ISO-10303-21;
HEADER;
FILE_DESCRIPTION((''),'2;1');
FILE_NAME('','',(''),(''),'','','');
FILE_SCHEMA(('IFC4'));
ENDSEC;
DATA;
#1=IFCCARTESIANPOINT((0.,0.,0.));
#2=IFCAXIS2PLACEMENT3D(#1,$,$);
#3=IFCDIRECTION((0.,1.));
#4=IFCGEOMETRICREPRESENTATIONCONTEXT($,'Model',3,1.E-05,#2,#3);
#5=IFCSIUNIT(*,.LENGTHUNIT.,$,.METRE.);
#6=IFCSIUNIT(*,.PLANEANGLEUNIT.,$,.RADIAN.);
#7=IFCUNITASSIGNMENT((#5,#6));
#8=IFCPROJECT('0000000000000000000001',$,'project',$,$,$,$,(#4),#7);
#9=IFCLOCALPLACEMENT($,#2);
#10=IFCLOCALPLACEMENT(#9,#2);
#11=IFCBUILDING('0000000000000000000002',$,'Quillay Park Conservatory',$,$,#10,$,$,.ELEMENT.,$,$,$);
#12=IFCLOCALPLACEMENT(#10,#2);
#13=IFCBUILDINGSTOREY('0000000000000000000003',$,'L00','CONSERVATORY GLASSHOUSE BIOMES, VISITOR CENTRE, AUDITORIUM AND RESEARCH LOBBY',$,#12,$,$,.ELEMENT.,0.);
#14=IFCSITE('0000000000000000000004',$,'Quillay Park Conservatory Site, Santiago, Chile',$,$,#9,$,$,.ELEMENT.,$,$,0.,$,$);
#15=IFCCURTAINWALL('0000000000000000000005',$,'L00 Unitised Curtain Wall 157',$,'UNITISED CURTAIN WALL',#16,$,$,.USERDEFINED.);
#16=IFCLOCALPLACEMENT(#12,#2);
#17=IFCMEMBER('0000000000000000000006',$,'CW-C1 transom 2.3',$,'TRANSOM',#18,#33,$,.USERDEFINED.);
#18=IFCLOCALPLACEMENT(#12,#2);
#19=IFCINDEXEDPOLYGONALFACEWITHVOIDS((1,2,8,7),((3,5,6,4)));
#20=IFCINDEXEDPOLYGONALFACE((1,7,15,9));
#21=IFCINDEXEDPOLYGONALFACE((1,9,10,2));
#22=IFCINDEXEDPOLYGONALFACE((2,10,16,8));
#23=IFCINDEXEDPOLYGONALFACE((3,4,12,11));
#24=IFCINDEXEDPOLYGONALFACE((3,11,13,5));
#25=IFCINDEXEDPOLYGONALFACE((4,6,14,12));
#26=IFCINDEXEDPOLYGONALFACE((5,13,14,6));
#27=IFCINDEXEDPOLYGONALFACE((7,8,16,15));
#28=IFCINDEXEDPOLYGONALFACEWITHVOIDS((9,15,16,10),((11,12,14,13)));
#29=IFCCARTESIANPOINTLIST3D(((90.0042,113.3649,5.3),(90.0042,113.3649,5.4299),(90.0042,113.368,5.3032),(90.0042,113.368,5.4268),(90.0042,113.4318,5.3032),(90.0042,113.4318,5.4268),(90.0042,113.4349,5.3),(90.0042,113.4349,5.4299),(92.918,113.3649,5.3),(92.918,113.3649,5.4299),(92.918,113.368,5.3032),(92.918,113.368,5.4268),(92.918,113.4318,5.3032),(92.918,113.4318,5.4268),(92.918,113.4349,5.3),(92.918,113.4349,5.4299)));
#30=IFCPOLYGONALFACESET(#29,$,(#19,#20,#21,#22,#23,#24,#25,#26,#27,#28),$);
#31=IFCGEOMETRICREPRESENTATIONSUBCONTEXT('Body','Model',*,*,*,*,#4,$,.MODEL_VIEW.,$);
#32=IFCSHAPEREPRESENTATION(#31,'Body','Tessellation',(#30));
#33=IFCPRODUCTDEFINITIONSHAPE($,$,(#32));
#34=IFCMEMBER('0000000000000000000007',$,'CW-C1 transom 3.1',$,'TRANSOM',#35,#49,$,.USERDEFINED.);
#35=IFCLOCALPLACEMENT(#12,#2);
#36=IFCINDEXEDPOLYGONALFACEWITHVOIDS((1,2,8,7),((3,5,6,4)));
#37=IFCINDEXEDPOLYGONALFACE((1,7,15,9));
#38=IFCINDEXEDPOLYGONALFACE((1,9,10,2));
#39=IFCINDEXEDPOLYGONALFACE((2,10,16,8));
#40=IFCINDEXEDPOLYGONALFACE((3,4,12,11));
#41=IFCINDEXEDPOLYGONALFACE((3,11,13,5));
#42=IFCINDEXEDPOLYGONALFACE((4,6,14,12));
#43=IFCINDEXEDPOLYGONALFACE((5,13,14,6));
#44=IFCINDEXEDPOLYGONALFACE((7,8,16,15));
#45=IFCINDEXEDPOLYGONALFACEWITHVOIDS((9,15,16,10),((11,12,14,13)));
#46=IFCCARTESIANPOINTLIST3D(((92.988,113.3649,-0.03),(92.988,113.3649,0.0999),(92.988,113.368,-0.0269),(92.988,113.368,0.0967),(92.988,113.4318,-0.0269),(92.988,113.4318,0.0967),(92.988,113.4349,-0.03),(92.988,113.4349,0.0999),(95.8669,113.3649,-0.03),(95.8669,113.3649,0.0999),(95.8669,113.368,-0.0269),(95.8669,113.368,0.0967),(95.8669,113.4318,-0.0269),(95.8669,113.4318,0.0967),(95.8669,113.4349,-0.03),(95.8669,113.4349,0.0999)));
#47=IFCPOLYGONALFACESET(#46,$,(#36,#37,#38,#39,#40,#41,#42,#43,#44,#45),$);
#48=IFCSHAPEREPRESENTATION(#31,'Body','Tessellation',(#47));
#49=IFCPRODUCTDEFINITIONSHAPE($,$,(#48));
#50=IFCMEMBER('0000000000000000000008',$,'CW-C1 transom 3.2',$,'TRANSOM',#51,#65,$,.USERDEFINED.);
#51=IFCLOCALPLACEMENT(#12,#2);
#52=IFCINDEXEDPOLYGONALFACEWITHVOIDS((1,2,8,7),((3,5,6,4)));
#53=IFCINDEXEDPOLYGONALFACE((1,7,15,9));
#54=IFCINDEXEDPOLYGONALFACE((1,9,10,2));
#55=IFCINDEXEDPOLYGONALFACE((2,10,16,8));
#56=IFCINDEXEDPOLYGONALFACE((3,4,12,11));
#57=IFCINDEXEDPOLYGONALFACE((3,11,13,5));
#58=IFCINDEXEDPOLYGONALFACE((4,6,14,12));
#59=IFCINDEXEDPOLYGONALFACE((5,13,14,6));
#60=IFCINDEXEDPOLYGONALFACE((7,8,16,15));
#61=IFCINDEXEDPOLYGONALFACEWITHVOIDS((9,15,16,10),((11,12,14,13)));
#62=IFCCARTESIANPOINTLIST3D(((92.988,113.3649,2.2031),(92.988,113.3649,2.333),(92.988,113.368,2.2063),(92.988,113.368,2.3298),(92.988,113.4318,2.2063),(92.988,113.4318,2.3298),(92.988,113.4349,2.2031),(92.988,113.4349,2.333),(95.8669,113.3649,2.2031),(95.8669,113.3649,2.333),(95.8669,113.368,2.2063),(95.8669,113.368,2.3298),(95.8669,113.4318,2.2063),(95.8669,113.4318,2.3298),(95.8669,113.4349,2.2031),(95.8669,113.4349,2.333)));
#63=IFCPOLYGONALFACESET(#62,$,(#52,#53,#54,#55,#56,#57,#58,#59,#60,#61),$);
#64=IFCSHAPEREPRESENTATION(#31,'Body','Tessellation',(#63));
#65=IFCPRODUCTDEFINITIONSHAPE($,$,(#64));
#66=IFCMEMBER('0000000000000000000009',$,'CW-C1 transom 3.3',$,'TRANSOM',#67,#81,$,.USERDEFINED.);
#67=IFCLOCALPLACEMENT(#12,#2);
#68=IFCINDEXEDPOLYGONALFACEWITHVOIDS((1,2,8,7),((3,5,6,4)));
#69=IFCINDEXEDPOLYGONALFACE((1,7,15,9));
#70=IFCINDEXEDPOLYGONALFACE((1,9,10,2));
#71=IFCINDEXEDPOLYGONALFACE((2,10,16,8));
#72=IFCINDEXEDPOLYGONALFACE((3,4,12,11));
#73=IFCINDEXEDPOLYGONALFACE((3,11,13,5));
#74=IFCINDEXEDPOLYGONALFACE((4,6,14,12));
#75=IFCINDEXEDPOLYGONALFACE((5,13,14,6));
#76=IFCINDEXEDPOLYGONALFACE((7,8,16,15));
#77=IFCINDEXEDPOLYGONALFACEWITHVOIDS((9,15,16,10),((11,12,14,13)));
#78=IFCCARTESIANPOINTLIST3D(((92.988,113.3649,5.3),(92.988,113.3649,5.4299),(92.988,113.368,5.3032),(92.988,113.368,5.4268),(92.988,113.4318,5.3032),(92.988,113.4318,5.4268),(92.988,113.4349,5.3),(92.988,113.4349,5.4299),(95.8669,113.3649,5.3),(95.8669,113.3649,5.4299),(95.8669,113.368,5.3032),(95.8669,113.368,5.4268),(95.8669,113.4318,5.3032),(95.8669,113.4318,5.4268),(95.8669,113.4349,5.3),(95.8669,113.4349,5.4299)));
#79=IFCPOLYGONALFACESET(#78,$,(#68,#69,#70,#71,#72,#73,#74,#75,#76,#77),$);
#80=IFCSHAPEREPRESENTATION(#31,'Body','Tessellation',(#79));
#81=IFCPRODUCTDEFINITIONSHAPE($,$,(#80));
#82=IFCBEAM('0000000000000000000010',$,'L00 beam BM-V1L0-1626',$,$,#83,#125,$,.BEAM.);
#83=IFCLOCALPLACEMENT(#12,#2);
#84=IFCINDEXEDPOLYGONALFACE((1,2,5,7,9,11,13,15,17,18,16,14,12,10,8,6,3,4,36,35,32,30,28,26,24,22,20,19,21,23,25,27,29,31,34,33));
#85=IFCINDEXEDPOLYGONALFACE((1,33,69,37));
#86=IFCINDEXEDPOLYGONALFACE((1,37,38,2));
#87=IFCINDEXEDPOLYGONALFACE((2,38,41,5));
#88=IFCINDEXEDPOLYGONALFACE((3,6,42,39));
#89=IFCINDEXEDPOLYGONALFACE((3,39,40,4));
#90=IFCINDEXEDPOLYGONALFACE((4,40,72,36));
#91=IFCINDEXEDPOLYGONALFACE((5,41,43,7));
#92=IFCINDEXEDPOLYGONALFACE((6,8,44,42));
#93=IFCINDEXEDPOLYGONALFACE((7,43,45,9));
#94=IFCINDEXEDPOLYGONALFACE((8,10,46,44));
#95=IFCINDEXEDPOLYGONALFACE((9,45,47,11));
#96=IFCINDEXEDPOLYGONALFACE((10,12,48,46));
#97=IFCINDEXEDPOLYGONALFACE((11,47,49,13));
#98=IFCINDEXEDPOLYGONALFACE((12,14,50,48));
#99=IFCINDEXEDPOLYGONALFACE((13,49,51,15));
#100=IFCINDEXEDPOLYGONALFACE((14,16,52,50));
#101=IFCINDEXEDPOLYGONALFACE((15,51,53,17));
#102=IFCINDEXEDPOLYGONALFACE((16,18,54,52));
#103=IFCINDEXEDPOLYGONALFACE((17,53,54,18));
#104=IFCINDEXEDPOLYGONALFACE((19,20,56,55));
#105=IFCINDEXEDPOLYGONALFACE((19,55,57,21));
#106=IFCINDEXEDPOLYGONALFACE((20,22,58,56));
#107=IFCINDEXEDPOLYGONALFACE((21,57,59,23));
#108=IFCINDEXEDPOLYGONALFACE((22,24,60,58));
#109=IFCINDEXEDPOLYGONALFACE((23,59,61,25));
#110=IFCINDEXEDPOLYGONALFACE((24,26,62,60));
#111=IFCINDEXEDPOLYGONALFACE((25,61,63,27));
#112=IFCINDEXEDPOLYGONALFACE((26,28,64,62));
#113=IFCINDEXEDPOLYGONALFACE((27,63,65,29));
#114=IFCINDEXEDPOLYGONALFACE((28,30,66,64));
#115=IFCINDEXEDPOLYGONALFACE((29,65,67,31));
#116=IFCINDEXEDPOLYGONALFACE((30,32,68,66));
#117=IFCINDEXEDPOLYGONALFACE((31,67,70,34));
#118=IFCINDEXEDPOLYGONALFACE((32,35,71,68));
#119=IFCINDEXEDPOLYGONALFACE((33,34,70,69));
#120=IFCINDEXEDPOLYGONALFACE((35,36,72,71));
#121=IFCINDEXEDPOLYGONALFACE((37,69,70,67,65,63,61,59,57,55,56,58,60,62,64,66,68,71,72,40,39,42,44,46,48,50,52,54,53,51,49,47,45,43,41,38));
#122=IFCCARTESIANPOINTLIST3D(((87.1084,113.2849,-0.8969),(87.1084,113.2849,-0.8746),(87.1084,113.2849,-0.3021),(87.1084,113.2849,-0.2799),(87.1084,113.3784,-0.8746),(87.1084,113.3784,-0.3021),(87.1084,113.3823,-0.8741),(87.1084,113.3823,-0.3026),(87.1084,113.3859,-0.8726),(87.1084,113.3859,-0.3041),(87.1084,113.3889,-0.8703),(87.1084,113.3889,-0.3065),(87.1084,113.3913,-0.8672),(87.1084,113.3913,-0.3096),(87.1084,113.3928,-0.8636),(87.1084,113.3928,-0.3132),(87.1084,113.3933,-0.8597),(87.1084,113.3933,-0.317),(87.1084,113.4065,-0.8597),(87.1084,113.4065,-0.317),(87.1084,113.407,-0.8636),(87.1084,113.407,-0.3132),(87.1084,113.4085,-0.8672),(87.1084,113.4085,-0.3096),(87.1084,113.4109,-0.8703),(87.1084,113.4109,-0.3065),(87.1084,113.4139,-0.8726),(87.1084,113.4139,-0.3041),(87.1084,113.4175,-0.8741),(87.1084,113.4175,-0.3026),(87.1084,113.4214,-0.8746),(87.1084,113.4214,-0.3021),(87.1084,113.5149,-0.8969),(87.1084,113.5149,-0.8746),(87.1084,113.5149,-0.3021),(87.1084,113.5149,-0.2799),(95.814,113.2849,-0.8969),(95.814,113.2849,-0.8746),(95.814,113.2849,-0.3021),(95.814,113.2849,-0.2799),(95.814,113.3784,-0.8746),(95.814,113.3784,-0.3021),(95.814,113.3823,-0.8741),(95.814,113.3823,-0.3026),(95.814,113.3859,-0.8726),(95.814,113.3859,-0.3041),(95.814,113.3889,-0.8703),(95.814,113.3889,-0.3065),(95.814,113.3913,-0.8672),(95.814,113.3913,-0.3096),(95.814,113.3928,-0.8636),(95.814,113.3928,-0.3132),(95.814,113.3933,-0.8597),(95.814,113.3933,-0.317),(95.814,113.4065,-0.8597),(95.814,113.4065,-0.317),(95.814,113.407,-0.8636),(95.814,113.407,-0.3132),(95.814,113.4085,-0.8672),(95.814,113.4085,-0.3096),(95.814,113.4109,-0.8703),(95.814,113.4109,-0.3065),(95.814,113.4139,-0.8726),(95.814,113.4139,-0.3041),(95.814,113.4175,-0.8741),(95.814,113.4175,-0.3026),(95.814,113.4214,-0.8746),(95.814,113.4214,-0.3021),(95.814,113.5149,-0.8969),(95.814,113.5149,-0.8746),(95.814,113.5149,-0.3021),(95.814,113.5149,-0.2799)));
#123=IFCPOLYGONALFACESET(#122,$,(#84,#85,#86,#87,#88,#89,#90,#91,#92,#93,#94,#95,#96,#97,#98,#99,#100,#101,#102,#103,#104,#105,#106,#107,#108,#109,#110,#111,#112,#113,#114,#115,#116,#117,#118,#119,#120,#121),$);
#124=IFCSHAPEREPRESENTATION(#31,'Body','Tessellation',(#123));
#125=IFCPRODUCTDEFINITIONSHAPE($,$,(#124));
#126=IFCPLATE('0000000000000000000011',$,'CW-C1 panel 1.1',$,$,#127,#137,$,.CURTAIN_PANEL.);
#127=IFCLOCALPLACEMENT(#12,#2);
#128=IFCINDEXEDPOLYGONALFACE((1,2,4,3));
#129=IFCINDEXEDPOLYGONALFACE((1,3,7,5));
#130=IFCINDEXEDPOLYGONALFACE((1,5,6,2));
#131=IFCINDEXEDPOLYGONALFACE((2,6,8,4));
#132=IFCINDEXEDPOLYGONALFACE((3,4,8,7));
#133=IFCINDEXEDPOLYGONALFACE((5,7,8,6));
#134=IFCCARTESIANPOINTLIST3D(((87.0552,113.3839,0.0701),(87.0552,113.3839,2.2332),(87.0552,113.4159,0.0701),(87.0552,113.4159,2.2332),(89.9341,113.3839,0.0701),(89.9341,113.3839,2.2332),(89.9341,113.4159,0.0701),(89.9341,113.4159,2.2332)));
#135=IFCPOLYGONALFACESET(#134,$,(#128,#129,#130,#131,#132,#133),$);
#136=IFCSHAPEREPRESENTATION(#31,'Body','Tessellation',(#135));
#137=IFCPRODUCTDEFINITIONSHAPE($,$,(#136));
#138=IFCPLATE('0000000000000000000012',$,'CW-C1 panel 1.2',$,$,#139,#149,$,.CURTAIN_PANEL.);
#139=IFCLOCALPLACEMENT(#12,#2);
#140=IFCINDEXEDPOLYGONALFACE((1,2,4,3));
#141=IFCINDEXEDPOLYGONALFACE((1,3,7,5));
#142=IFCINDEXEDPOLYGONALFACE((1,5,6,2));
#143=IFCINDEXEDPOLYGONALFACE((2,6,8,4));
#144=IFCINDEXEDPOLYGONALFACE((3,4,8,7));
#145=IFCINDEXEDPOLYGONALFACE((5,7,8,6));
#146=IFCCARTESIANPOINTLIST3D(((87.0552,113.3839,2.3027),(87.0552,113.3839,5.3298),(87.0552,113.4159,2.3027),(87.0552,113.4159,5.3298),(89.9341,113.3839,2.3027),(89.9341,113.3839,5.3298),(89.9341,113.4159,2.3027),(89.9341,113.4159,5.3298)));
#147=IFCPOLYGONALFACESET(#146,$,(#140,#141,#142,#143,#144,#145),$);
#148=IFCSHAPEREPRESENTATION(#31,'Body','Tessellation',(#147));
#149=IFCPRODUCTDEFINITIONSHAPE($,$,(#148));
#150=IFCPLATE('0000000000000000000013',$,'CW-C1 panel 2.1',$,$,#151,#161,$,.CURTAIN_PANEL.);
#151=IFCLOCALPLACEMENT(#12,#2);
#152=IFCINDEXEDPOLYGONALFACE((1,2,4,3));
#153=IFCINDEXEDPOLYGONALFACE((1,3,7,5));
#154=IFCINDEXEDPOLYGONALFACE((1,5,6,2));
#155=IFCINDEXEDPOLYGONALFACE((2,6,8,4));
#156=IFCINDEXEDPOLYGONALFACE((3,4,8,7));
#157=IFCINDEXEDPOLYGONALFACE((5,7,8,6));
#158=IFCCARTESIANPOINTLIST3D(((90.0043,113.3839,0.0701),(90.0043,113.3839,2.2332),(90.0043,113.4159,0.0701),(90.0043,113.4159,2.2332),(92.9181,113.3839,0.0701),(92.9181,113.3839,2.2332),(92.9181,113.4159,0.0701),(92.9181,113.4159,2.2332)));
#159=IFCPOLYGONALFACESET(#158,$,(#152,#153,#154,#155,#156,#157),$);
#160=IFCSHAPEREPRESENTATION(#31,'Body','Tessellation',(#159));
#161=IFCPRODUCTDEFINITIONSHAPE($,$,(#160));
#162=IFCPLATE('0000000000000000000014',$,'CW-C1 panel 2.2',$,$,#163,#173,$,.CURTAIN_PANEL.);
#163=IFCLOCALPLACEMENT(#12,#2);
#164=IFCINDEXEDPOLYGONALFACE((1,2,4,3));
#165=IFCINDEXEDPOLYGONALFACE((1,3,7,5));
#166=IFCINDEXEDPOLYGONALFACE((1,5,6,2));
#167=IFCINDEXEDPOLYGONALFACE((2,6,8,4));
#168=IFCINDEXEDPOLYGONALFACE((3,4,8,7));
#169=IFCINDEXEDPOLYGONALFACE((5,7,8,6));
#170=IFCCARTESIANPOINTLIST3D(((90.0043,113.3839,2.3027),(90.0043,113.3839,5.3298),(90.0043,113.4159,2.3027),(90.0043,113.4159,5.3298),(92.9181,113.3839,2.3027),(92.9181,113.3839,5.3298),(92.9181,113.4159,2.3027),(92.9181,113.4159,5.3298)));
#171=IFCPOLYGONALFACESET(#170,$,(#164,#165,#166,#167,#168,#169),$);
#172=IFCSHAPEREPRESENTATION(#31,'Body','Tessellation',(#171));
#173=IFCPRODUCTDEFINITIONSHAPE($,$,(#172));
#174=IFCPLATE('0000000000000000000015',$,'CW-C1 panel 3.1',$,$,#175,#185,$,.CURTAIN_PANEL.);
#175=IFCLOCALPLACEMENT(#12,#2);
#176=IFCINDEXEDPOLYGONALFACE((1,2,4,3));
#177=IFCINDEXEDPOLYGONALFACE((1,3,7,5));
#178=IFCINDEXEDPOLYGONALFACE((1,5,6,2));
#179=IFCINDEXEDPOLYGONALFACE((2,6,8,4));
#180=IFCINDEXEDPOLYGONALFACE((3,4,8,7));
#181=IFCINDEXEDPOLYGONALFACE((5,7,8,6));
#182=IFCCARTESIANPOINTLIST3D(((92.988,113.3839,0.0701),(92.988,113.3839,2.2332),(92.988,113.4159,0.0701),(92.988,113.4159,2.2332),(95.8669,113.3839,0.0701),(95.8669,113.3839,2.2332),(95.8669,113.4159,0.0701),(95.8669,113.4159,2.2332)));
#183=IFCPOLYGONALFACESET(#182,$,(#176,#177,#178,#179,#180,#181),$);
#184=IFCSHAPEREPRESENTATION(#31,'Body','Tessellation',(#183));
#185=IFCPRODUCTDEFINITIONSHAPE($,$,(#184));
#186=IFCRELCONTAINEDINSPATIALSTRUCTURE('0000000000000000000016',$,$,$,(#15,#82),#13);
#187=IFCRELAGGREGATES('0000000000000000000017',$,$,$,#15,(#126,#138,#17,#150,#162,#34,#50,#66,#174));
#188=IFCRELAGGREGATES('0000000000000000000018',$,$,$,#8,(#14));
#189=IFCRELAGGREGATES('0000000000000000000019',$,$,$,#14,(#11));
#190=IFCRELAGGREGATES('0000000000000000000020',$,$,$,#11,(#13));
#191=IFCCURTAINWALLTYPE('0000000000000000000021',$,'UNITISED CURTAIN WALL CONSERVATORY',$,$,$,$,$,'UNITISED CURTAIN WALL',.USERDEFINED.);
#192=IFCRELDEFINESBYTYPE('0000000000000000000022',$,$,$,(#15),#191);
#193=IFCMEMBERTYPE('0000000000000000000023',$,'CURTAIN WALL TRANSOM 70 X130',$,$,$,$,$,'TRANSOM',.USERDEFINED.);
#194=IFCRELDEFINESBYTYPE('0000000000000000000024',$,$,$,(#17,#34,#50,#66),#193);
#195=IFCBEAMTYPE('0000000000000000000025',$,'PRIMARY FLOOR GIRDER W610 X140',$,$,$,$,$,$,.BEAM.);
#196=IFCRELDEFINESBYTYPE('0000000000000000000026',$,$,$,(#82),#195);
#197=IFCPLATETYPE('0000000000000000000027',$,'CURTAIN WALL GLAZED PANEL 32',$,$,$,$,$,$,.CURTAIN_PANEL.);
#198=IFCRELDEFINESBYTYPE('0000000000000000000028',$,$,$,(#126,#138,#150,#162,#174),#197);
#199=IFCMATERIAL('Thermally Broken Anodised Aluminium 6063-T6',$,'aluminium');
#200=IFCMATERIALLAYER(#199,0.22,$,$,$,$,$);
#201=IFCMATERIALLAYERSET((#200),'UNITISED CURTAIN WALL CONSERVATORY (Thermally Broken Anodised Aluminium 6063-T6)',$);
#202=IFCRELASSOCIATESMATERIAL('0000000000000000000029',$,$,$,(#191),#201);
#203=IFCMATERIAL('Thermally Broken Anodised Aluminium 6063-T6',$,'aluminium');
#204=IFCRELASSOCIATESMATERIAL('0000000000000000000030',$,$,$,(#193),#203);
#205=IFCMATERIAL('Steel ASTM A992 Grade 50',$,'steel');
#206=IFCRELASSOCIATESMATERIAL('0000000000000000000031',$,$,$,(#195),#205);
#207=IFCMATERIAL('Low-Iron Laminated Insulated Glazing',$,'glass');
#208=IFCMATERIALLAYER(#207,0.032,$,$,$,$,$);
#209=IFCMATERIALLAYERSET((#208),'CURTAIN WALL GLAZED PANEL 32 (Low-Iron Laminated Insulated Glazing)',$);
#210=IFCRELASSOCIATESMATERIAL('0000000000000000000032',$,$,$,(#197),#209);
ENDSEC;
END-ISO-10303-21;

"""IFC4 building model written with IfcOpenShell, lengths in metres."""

from ifc_helpers import new_model, si_unit, direction, frame, origin, origin_2d, place, context, subcontext, project, spatial, rectangle, hollow_rectangle, i_section, extrude, material, layer, layer_set, material_profile, profile_set, type_object, element, aggregate, save


model = new_model("IFC4")

# Units and contexts
model_context = context("Model", 3, precision=1e-05, world=origin(), true_north=direction((0.0, 1.0)))
body_context = subcontext(model_context, "Body", "Model", "MODEL_VIEW")
ifc_project = project(units=[si_unit("LENGTHUNIT", "METRE"), si_unit("PLANEANGLEUNIT", "RADIAN")], contexts=[model_context])

# Site, building, storey
site_placement = place(None, origin())
site = spatial("IfcSite", under=ifc_project, at=site_placement, Name="Quillay Park Conservatory Site, Santiago, Chile", CompositionType="ELEMENT", RefElevation=0.0)
building_placement = place(site_placement, origin())
building = spatial("IfcBuilding", under=site, at=building_placement, Name="Quillay Park Conservatory", CompositionType="ELEMENT")
storey_placement = place(building_placement, origin())
storey = spatial("IfcBuildingStorey", under=building, at=storey_placement, Name="L00", Description="CONSERVATORY GLASSHOUSE BIOMES, VISITOR CENTRE, AUDITORIUM AND RESEARCH LOBBY", CompositionType="ELEMENT", Elevation=0.0)

# Curtain wall, members
ifc_material_1 = material(Name="Thermally Broken Anodised Aluminium 6063-T6", Category="aluminium")
ifc_layer_1 = layer(ifc_material_1, 0.22)
ifc_layer_set_1 = layer_set([ifc_layer_1], Name="UNITISED CURTAIN WALL CONSERVATORY (Thermally Broken Anodised Aluminium 6063-T6)")
curtain_wall_type = type_object("IfcCurtainWallType", Name="UNITISED CURTAIN WALL CONSERVATORY", ElementType="UNITISED CURTAIN WALL", PredefinedType="USERDEFINED", material=ifc_layer_set_1)
curtain_wall_placement = place(storey_placement, origin())
curtain_wall = element("IfcCurtainWall", 1, at=curtain_wall_placement, inside=storey, type_object=curtain_wall_type, Name="L00 Unitised Curtain Wall 157", ObjectType="UNITISED CURTAIN WALL", PredefinedType="USERDEFINED")
ifc_material_2 = material(Name="Thermally Broken Anodised Aluminium 6063-T6", Category="aluminium")
ifc_material_profile_1 = material_profile(ifc_material_2, hollow_rectangle(XDim=0.0701, YDim=0.1299, WallThickness=0.0032, at=origin_2d()), Name="AL70x130x3.2")
ifc_profile_set_1 = profile_set([ifc_material_profile_1], Name="Thermally Broken Anodised Aluminium 6063-T6")
member_type_1 = type_object("IfcMemberType", Name="CURTAIN WALL TRANSOM 70 X130", ElementType="TRANSOM", PredefinedType="USERDEFINED", material=ifc_profile_set_1)
member_1_placement = place(storey_placement, frame((90.0042, 113.3999, 5.365), z_axis=(1.0, 0.0, 0.0), x_axis=(0.0, 1.0, 0.0)))
member_1 = element("IfcMember", 2, at=member_1_placement, type_object=member_type_1, Name="CW-C1 transom 2.3", ObjectType="TRANSOM", PredefinedType="USERDEFINED", context=body_context, shape_type="SweptSolid", body=[
    extrude(hollow_rectangle(XDim=0.0701, YDim=0.1299, WallThickness=0.0032, at=origin_2d()), origin(), (0.0, 0.0, 1.0), 2.9138),
])
member_2_placement = place(storey_placement, frame((92.988, 113.3999, 0.0349), z_axis=(1.0, 0.0, 0.0), x_axis=(0.0, 1.0, 0.0)))
member_2 = element("IfcMember", 3, at=member_2_placement, type_object=member_type_1, Name="CW-C1 transom 3.1", ObjectType="TRANSOM", PredefinedType="USERDEFINED", context=body_context, shape_type="SweptSolid", body=[
    extrude(hollow_rectangle(XDim=0.0701, YDim=0.1299, WallThickness=0.0032, at=origin_2d()), origin(), (0.0, 0.0, 1.0), 2.8789),
])
member_3_placement = place(storey_placement, frame((92.988, 113.3999, 2.2681), z_axis=(1.0, 0.0, 0.0), x_axis=(0.0, 1.0, 0.0)))
member_3 = element("IfcMember", 4, at=member_3_placement, type_object=member_type_1, Name="CW-C1 transom 3.2", ObjectType="TRANSOM", PredefinedType="USERDEFINED", context=body_context, shape_type="SweptSolid", body=[
    extrude(hollow_rectangle(XDim=0.0701, YDim=0.1299, WallThickness=0.0032, at=origin_2d()), origin(), (0.0, 0.0, 1.0), 2.8789),
])
member_4_placement = place(storey_placement, frame((92.988, 113.3999, 5.365), z_axis=(1.0, 0.0, 0.0), x_axis=(0.0, 1.0, 0.0)))
member_4 = element("IfcMember", 5, at=member_4_placement, type_object=member_type_1, Name="CW-C1 transom 3.3", ObjectType="TRANSOM", PredefinedType="USERDEFINED", context=body_context, shape_type="SweptSolid", body=[
    extrude(hollow_rectangle(XDim=0.0701, YDim=0.1299, WallThickness=0.0032, at=origin_2d()), origin(), (0.0, 0.0, 1.0), 2.8789),
])

# Beam
ifc_material_3 = material(Name="Steel ASTM A992 Grade 50", Category="steel")
ifc_material_profile_2 = material_profile(ifc_material_3, i_section(OverallWidth=0.23, OverallDepth=0.6169, WebThickness=0.0132, FlangeThickness=0.0222, FilletRadius=0.0149, at=origin_2d()), Name="W610x140")
ifc_profile_set_2 = profile_set([ifc_material_profile_2], Name="Steel ASTM A992 Grade 50")
beam_type = type_object("IfcBeamType", Name="PRIMARY FLOOR GIRDER W610 X140", PredefinedType="BEAM", material=ifc_profile_set_2)
beam_placement = place(storey_placement, frame((87.1084, 113.3999, -0.5884), z_axis=(1.0, 0.0, 0.0), x_axis=(0.0, 1.0, 0.0)))
element("IfcBeam", 6, at=beam_placement, inside=storey, type_object=beam_type, Name="L00 beam BM-V1L0-1626", PredefinedType="BEAM", context=body_context, shape_type="SweptSolid", body=[
    extrude(i_section(OverallWidth=0.23, OverallDepth=0.6169, WebThickness=0.0132, FlangeThickness=0.0222, FilletRadius=0.0149, at=origin_2d()), origin(), (0.0, 0.0, 1.0), 8.7056),
])

# Plates
ifc_material_4 = material(Name="Low-Iron Laminated Insulated Glazing", Category="glass")
ifc_layer_2 = layer(ifc_material_4, 0.032)
ifc_layer_set_2 = layer_set([ifc_layer_2], Name="CURTAIN WALL GLAZED PANEL 32 (Low-Iron Laminated Insulated Glazing)")
plate_type = type_object("IfcPlateType", Name="CURTAIN WALL GLAZED PANEL 32", PredefinedType="CURTAIN_PANEL", material=ifc_layer_set_2)
plate_1_placement = place(storey_placement, frame((88.4946, 113.3999, 0.0701), z_axis=(0.0, 0.0, 1.0), x_axis=(1.0, 0.0, 0.0)))
plate_1 = element("IfcPlate", 7, at=plate_1_placement, type_object=plate_type, Name="CW-C1 panel 1.1", PredefinedType="CURTAIN_PANEL", context=body_context, shape_type="SweptSolid", body=[
    extrude(rectangle(XDim=2.8789, YDim=0.032, at=origin_2d()), origin(), (0.0, 0.0, 1.0), 2.1631),
])
plate_2_placement = place(storey_placement, frame((88.4946, 113.3999, 2.3027), z_axis=(0.0, 0.0, 1.0), x_axis=(1.0, 0.0, 0.0)))
plate_2 = element("IfcPlate", 8, at=plate_2_placement, type_object=plate_type, Name="CW-C1 panel 1.2", PredefinedType="CURTAIN_PANEL", context=body_context, shape_type="SweptSolid", body=[
    extrude(rectangle(XDim=2.8789, YDim=0.032, at=origin_2d()), origin(), (0.0, 0.0, 1.0), 3.0271),
])
plate_3_placement = place(storey_placement, frame((91.4612, 113.3999, 0.0701), z_axis=(0.0, 0.0, 1.0), x_axis=(1.0, 0.0, 0.0)))
plate_3 = element("IfcPlate", 9, at=plate_3_placement, type_object=plate_type, Name="CW-C1 panel 2.1", PredefinedType="CURTAIN_PANEL", context=body_context, shape_type="SweptSolid", body=[
    extrude(rectangle(XDim=2.9138, YDim=0.032, at=origin_2d()), origin(), (0.0, 0.0, 1.0), 2.1631),
])
plate_4_placement = place(storey_placement, frame((91.4612, 113.3999, 2.3027), z_axis=(0.0, 0.0, 1.0), x_axis=(1.0, 0.0, 0.0)))
plate_4 = element("IfcPlate", 10, at=plate_4_placement, type_object=plate_type, Name="CW-C1 panel 2.2", PredefinedType="CURTAIN_PANEL", context=body_context, shape_type="SweptSolid", body=[
    extrude(rectangle(XDim=2.9138, YDim=0.032, at=origin_2d()), origin(), (0.0, 0.0, 1.0), 3.0271),
])
plate_5_placement = place(storey_placement, frame((94.4275, 113.3999, 0.0701), z_axis=(0.0, 0.0, 1.0), x_axis=(1.0, 0.0, 0.0)))
plate_5 = element("IfcPlate", 11, at=plate_5_placement, type_object=plate_type, Name="CW-C1 panel 3.1", PredefinedType="CURTAIN_PANEL", context=body_context, shape_type="SweptSolid", body=[
    extrude(rectangle(XDim=2.8789, YDim=0.032, at=origin_2d()), origin(), (0.0, 0.0, 1.0), 2.1631),
])
aggregate(curtain_wall, [plate_1, plate_2, member_1, plate_3, plate_4, member_2, member_3, member_4, plate_5])

save(model, "model.ifc")
